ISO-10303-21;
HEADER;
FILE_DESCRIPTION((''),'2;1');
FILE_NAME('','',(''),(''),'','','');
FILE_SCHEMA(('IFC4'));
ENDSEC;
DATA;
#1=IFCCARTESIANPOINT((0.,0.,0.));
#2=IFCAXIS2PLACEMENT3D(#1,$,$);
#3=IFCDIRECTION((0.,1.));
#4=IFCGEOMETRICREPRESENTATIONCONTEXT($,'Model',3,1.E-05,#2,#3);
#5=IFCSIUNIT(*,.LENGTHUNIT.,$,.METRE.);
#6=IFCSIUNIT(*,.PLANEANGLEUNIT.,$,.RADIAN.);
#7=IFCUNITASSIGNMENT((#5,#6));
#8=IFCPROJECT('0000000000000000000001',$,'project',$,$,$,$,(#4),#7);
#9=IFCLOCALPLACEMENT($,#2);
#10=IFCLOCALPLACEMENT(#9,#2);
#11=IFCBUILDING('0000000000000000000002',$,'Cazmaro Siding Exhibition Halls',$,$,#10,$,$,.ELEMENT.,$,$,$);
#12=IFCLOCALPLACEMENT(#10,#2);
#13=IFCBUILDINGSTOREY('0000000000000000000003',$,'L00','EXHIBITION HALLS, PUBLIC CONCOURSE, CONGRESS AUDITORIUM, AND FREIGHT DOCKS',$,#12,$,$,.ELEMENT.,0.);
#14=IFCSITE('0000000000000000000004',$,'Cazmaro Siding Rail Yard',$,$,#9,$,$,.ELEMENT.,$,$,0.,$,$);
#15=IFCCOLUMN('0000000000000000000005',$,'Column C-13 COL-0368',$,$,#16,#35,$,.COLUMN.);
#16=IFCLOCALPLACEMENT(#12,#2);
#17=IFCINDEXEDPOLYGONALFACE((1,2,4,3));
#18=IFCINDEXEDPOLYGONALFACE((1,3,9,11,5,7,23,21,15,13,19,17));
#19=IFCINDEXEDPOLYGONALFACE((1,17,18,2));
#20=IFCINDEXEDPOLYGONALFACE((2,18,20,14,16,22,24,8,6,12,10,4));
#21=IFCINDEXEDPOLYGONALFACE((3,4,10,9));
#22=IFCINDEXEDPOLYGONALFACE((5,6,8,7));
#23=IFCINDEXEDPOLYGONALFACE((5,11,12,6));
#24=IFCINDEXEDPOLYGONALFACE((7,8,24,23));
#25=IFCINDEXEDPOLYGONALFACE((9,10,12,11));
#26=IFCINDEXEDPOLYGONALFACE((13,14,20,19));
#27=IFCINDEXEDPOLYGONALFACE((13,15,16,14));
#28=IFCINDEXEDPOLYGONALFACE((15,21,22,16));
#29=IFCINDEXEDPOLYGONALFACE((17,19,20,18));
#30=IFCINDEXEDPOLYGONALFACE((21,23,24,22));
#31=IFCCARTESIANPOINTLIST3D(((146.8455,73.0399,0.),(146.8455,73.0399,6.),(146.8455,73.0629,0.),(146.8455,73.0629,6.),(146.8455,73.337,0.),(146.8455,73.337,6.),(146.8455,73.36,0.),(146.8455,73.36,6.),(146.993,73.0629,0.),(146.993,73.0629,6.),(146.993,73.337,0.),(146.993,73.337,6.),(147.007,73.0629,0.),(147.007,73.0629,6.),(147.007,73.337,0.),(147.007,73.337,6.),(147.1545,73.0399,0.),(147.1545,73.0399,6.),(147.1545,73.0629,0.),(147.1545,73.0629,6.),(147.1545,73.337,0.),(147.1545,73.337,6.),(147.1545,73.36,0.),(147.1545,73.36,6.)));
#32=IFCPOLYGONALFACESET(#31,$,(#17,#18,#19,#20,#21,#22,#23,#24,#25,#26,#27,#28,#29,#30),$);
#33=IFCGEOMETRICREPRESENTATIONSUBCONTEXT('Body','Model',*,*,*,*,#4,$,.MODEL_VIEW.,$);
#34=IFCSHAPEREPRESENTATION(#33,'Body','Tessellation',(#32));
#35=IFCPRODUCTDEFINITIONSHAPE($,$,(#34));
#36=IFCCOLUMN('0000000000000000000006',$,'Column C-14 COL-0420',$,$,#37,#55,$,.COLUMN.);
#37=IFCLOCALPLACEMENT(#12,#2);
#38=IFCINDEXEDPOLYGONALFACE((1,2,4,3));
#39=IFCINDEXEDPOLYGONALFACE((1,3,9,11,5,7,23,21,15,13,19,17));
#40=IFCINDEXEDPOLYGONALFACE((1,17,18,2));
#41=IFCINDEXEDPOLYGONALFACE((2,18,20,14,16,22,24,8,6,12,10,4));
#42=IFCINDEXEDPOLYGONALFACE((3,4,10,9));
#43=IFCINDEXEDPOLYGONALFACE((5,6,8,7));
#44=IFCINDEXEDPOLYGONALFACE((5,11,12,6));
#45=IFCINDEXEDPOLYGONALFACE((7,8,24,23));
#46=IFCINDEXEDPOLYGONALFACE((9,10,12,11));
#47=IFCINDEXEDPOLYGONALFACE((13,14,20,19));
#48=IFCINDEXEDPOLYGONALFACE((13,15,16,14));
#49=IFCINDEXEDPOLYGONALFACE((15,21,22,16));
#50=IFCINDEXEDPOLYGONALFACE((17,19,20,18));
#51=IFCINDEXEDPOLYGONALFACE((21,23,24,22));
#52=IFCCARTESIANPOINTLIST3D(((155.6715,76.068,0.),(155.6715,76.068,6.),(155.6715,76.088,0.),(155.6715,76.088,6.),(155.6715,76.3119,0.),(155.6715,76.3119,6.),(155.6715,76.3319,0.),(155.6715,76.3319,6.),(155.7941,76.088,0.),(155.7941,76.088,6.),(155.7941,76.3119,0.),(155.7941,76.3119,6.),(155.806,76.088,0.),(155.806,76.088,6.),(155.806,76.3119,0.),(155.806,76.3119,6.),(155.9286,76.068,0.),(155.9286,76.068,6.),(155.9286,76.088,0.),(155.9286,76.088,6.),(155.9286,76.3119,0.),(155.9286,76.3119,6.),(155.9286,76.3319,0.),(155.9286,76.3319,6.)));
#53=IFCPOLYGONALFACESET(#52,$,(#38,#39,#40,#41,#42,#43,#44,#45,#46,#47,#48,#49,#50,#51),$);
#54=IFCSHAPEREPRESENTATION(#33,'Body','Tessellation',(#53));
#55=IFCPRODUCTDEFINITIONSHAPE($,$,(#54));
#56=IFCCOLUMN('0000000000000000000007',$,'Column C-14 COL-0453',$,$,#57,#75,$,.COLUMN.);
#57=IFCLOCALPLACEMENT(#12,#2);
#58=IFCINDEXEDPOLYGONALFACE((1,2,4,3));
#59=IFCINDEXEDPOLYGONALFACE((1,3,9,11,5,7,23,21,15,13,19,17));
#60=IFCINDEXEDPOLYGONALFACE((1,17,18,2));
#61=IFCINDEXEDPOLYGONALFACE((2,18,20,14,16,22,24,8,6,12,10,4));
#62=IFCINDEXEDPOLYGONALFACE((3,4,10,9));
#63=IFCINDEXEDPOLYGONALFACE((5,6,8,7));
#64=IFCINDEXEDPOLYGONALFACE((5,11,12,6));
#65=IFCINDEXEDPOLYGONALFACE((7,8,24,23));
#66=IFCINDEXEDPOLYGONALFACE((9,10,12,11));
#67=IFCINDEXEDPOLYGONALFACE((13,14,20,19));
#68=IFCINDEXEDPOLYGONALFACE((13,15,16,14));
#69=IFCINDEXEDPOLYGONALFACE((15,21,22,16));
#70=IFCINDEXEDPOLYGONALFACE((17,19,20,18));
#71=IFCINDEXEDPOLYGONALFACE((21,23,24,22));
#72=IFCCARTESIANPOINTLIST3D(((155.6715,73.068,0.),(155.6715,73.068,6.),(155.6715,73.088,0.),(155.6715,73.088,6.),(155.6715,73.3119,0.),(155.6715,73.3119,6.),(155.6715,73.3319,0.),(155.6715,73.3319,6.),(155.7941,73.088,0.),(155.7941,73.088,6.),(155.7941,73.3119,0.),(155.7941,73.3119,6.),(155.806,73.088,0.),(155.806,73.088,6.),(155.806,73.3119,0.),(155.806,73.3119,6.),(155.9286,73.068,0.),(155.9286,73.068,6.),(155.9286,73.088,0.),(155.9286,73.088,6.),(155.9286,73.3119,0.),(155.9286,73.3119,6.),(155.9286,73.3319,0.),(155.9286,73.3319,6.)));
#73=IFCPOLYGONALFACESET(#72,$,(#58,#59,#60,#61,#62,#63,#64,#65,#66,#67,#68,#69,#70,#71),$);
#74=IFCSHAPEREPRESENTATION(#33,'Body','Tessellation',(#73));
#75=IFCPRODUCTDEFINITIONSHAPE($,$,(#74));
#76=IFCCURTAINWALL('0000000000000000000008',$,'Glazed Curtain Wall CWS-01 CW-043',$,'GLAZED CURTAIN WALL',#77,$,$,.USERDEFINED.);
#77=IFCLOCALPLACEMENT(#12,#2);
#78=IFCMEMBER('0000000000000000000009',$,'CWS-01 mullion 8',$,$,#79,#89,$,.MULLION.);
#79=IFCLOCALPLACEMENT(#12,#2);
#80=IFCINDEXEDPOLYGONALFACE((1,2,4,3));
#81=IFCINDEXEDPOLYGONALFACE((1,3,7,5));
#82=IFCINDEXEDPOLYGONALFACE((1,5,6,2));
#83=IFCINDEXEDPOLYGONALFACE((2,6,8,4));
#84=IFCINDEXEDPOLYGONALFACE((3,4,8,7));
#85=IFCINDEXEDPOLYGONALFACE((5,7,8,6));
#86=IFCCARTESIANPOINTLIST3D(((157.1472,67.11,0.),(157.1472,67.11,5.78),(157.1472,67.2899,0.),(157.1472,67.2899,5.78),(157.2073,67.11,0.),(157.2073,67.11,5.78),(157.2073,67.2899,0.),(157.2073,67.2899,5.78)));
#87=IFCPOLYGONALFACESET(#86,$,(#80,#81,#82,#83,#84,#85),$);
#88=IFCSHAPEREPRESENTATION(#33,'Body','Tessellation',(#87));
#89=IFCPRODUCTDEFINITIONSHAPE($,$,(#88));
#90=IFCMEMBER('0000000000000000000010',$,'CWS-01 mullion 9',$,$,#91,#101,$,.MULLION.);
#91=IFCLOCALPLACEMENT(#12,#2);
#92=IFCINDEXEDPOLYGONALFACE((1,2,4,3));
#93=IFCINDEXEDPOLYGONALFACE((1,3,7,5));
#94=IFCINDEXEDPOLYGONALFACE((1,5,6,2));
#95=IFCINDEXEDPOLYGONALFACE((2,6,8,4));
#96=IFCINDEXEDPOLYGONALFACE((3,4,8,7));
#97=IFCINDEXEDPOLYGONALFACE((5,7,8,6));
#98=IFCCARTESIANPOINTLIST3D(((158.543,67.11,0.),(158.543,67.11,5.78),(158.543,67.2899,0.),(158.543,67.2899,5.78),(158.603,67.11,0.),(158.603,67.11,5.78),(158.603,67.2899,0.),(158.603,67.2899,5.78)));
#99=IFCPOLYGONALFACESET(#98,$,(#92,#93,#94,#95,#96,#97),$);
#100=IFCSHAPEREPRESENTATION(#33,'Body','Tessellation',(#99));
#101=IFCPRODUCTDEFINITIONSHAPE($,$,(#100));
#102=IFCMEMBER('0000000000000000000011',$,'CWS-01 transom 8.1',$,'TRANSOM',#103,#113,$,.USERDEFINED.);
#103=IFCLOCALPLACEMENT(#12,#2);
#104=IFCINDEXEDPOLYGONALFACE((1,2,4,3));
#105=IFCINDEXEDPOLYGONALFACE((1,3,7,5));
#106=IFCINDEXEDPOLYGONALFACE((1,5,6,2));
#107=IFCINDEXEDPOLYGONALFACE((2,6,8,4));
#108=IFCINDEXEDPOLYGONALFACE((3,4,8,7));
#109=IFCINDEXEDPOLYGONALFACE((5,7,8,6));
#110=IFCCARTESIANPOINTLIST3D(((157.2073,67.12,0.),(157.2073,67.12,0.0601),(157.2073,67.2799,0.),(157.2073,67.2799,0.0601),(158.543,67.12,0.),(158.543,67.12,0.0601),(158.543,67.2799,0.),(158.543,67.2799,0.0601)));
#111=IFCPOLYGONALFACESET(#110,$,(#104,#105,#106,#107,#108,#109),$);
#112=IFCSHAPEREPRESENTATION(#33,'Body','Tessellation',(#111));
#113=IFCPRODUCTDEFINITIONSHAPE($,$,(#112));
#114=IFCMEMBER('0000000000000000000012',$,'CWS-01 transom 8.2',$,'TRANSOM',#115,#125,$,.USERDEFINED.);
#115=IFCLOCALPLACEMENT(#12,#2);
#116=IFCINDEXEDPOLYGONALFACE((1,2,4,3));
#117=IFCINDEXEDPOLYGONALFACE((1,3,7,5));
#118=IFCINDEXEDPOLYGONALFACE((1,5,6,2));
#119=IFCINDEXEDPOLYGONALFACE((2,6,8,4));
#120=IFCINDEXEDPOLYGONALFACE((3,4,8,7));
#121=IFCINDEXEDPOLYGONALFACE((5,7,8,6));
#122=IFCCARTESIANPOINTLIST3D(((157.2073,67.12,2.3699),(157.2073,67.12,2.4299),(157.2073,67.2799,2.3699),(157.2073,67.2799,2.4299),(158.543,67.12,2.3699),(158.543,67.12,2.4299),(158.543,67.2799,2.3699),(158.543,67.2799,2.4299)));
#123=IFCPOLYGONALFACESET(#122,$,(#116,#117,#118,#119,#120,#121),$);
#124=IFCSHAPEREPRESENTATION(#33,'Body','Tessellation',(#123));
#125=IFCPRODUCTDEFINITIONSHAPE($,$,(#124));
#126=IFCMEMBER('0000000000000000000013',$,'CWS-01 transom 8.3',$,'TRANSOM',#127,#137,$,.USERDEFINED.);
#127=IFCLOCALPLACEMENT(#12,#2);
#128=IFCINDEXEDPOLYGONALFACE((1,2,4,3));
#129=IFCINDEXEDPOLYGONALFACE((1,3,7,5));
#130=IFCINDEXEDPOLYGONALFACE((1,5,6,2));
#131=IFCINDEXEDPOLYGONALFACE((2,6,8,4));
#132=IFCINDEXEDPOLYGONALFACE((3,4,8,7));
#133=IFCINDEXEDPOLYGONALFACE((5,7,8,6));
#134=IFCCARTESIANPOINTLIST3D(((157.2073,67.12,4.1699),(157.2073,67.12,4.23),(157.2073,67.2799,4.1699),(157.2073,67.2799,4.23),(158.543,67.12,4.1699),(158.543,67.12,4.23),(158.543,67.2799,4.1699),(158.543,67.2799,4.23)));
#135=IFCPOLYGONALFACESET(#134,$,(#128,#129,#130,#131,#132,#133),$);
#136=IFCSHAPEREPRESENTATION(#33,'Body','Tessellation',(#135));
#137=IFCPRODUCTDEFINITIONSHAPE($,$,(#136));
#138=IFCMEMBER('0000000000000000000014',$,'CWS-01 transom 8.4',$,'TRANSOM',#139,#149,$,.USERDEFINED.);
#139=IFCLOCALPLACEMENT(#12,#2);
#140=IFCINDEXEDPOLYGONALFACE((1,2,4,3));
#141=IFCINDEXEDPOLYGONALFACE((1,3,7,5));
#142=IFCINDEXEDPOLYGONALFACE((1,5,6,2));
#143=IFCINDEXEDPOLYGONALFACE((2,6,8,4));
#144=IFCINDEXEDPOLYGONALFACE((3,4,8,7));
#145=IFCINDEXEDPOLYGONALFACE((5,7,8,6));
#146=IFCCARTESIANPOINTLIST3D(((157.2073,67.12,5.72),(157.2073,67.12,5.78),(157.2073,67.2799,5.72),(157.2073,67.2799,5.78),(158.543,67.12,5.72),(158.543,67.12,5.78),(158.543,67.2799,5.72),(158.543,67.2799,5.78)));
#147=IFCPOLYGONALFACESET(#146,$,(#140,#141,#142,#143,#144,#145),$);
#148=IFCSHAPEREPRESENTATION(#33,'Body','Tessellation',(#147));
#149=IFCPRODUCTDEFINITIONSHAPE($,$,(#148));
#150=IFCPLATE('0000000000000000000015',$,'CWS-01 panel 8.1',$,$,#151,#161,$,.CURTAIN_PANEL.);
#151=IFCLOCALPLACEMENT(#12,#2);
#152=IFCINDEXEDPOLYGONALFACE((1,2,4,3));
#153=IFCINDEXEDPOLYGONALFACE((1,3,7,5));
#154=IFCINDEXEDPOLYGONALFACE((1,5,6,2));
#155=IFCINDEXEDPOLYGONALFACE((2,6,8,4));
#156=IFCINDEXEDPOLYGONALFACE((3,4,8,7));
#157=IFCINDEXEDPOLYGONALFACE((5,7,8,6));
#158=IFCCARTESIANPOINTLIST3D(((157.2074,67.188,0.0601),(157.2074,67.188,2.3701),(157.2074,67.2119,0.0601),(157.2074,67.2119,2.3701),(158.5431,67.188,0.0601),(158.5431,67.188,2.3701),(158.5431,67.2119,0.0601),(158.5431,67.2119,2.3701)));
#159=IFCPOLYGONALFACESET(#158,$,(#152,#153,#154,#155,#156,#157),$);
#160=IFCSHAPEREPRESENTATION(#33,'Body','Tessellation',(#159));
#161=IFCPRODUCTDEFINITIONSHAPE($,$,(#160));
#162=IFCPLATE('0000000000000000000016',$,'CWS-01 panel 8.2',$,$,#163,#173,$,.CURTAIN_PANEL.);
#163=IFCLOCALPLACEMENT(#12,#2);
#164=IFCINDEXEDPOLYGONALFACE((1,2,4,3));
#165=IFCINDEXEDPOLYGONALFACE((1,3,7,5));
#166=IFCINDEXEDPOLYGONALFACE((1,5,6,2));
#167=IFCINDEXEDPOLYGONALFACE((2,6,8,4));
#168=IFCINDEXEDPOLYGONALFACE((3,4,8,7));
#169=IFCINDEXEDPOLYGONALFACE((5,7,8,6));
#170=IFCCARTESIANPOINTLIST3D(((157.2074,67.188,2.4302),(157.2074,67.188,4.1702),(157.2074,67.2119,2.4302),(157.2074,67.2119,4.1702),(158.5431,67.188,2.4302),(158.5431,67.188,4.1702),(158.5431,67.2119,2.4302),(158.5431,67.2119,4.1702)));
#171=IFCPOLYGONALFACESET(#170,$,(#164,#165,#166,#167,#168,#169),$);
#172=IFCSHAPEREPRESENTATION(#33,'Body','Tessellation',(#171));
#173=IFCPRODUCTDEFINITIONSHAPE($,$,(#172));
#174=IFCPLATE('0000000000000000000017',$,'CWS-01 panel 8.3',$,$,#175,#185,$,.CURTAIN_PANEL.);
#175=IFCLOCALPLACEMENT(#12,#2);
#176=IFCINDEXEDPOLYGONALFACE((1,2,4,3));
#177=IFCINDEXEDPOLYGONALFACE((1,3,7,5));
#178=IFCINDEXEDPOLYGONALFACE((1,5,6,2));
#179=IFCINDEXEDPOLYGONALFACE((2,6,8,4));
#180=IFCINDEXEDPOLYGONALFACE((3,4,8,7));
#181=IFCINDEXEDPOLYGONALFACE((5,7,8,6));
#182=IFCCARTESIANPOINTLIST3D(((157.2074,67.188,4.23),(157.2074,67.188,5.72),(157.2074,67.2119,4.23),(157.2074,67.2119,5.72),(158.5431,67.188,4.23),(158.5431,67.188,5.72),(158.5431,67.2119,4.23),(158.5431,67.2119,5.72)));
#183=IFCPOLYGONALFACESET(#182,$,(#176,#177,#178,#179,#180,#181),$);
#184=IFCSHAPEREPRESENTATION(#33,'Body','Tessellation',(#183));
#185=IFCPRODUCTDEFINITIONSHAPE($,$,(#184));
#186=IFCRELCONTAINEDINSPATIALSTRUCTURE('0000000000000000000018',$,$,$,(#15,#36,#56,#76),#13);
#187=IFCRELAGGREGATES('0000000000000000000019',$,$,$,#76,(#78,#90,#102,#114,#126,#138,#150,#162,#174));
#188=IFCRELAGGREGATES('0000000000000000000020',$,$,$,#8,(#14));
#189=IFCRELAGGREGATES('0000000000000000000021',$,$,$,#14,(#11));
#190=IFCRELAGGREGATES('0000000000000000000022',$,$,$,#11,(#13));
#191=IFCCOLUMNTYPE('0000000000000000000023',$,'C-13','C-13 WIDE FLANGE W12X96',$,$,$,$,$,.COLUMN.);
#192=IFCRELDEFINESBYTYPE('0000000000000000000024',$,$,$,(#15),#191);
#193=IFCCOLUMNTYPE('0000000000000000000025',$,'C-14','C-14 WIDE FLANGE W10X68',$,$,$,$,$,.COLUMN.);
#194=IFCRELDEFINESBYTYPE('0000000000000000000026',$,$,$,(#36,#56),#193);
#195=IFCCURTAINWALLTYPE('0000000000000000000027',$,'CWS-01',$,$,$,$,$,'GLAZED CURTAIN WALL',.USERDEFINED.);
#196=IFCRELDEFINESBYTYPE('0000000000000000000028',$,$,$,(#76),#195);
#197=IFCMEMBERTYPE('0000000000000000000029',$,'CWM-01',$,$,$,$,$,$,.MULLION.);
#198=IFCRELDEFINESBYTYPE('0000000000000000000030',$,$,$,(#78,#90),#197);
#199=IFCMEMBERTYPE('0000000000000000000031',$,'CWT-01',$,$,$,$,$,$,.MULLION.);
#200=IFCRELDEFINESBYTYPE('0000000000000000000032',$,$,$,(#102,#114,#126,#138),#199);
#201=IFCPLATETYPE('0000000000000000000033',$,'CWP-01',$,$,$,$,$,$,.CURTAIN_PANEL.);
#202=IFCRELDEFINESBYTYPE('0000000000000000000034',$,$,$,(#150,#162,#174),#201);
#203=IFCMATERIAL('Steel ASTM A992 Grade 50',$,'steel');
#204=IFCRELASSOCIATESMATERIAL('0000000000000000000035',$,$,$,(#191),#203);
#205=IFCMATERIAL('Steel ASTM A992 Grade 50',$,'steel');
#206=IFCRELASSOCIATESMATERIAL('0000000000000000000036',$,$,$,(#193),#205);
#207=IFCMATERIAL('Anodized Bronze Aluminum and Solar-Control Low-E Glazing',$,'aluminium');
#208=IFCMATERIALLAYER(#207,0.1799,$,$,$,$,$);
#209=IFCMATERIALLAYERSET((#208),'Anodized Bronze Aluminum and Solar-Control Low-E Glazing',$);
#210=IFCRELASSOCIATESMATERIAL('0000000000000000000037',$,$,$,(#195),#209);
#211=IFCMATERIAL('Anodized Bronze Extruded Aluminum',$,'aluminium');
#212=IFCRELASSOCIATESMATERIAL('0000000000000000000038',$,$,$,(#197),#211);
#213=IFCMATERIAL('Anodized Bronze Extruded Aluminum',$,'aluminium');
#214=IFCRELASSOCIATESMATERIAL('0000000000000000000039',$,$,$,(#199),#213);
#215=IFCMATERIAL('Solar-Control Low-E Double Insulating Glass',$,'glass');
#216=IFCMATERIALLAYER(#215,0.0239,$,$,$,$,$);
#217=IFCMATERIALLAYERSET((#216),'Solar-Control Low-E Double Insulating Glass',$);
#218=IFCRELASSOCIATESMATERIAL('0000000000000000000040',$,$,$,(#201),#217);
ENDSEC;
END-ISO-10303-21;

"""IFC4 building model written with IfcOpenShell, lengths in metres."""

from ifc_helpers import new_model, si_unit, direction, frame, origin, origin_2d, place, context, subcontext, project, spatial, rectangle, i_section, extrude, material, layer, layer_set, material_profile, profile_set, type_object, element, aggregate, save


model = new_model("IFC4")

# Units and contexts
model_context = context("Model", 3, precision=1e-05, world=origin(), true_north=direction((0.0, 1.0)))
body_context = subcontext(model_context, "Body", "Model", "MODEL_VIEW")
ifc_project = project(units=[si_unit("LENGTHUNIT", "METRE"), si_unit("PLANEANGLEUNIT", "RADIAN")], contexts=[model_context])

# Site, building, storey
site_placement = place(None, origin())
site = spatial("IfcSite", under=ifc_project, at=site_placement, Name="Cazmaro Siding Rail Yard", CompositionType="ELEMENT", RefElevation=0.0)
building_placement = place(site_placement, origin())
building = spatial("IfcBuilding", under=site, at=building_placement, Name="Cazmaro Siding Exhibition Halls", CompositionType="ELEMENT")
storey_placement = place(building_placement, origin())
storey = spatial("IfcBuildingStorey", under=building, at=storey_placement, Name="L00", Description="EXHIBITION HALLS, PUBLIC CONCOURSE, CONGRESS AUDITORIUM, AND FREIGHT DOCKS", CompositionType="ELEMENT", Elevation=0.0)

# Columns
ifc_material_1 = material(Name="Steel ASTM A992 Grade 50", Category="steel")
ifc_material_profile_1 = material_profile(ifc_material_1, i_section(OverallWidth=0.3091, OverallDepth=0.3201, WebThickness=0.0139, FlangeThickness=0.0229, at=origin_2d()), Name="W12X96")
ifc_profile_set_1 = profile_set([ifc_material_profile_1], Name="Steel ASTM A992 Grade 50")
column_type_1 = type_object("IfcColumnType", Name="C-13", Description="C-13 WIDE FLANGE W12X96", PredefinedType="COLUMN", material=ifc_profile_set_1)
column_1_placement = place(storey_placement, frame((147.0, 73.2, 0.0), z_axis=(0.0, 0.0, 1.0), x_axis=(1.0, 0.0, 0.0)))
element("IfcColumn", 1, at=column_1_placement, inside=storey, type_object=column_type_1, Name="Column C-13 COL-0368", PredefinedType="COLUMN", context=body_context, shape_type="SweptSolid", body=[
    extrude(i_section(OverallWidth=0.3091, OverallDepth=0.3201, WebThickness=0.0139, FlangeThickness=0.0229, at=origin_2d()), origin(), (0.0, 0.0, 1.0), 6.0),
])
ifc_material_2 = material(Name="Steel ASTM A992 Grade 50", Category="steel")
ifc_material_profile_2 = material_profile(ifc_material_2, i_section(OverallWidth=0.2571, OverallDepth=0.2639, WebThickness=0.012, FlangeThickness=0.02, at=origin_2d()), Name="W10X68")
ifc_profile_set_2 = profile_set([ifc_material_profile_2], Name="Steel ASTM A992 Grade 50")
column_type_2 = type_object("IfcColumnType", Name="C-14", Description="C-14 WIDE FLANGE W10X68", PredefinedType="COLUMN", material=ifc_profile_set_2)
for number, where, z_axis, x_axis, name in (
    (2, (155.8, 76.2, 0.0), (0.0, 0.0, 1.0), (1.0, 0.0, 0.0), "Column C-14 COL-0420"),
    (3, (155.8, 73.2, 0.0), (0.0, 0.0, 1.0), (1.0, 0.0, 0.0), "Column C-14 COL-0453"),
):
    element("IfcColumn", number, at=place(storey_placement, frame(where, z_axis=z_axis, x_axis=x_axis)), inside=storey, type_object=column_type_2, Name=name, PredefinedType="COLUMN", context=body_context, shape_type="SweptSolid", body=[
        extrude(i_section(OverallWidth=0.2571, OverallDepth=0.2639, WebThickness=0.012, FlangeThickness=0.02, at=origin_2d()), origin(), (0.0, 0.0, 1.0), 6.0),
    ])

# Curtain wall, members, plates
ifc_material_3 = material(Name="Anodized Bronze Aluminum and Solar-Control Low-E Glazing", Category="aluminium")
ifc_layer_1 = layer(ifc_material_3, 0.1799)
ifc_layer_set_1 = layer_set([ifc_layer_1], Name="Anodized Bronze Aluminum and Solar-Control Low-E Glazing")
curtain_wall_type = type_object("IfcCurtainWallType", Name="CWS-01", ElementType="GLAZED CURTAIN WALL", PredefinedType="USERDEFINED", material=ifc_layer_set_1)
curtain_wall_placement = place(storey_placement, origin())
curtain_wall = element("IfcCurtainWall", 4, at=curtain_wall_placement, inside=storey, type_object=curtain_wall_type, Name="Glazed Curtain Wall CWS-01 CW-043", ObjectType="GLAZED CURTAIN WALL", PredefinedType="USERDEFINED")
ifc_material_4 = material(Name="Anodized Bronze Extruded Aluminum", Category="aluminium")
ifc_material_profile_3 = material_profile(ifc_material_4, rectangle(XDim=0.1799, YDim=0.0601, at=origin_2d()), Name="CWM-01")
ifc_profile_set_3 = profile_set([ifc_material_profile_3], Name="Anodized Bronze Extruded Aluminum")
member_type_1 = type_object("IfcMemberType", Name="CWM-01", PredefinedType="MULLION", material=ifc_profile_set_3)
member_1_placement = place(storey_placement, frame((157.1772, 67.2, 0.0), z_axis=(0.0, 0.0, 1.0), x_axis=(0.0, 1.0, 0.0)))
member_1 = element("IfcMember", 5, at=member_1_placement, type_object=member_type_1, Name="CWS-01 mullion 8", PredefinedType="MULLION", context=body_context, shape_type="SweptSolid", body=[
    extrude(rectangle(XDim=0.1799, YDim=0.0601, at=origin_2d()), origin(), (0.0, 0.0, 1.0), 5.78),
])
member_2_placement = place(storey_placement, frame((158.573, 67.2, 0.0), z_axis=(0.0, 0.0, 1.0), x_axis=(0.0, 1.0, 0.0)))
member_2 = element("IfcMember", 6, at=member_2_placement, type_object=member_type_1, Name="CWS-01 mullion 9", PredefinedType="MULLION", context=body_context, shape_type="SweptSolid", body=[
    extrude(rectangle(XDim=0.1799, YDim=0.0601, at=origin_2d()), origin(), (0.0, 0.0, 1.0), 5.78),
])
ifc_material_5 = material(Name="Anodized Bronze Extruded Aluminum", Category="aluminium")
ifc_material_profile_4 = material_profile(ifc_material_5, rectangle(XDim=0.1599, YDim=0.0601, at=origin_2d()), Name="CWT-01")
ifc_profile_set_4 = profile_set([ifc_material_profile_4], Name="Anodized Bronze Extruded Aluminum")
member_type_2 = type_object("IfcMemberType", Name="CWT-01", PredefinedType="MULLION", material=ifc_profile_set_4)
member_3_placement = place(storey_placement, frame((157.2073, 67.2, 0.03), z_axis=(1.0, 0.0, 0.0), x_axis=(0.0, 1.0, 0.0)))
member_3 = element("IfcMember", 7, at=member_3_placement, type_object=member_type_2, Name="CWS-01 transom 8.1", ObjectType="TRANSOM", PredefinedType="USERDEFINED", context=body_context, shape_type="SweptSolid", body=[
    extrude(rectangle(XDim=0.1599, YDim=0.0601, at=origin_2d()), origin(), (0.0, 0.0, 1.0), 1.3357),
])
member_4_placement = place(storey_placement, frame((157.2073, 67.2, 2.3999), z_axis=(1.0, 0.0, 0.0), x_axis=(0.0, 1.0, 0.0)))
member_4 = element("IfcMember", 8, at=member_4_placement, type_object=member_type_2, Name="CWS-01 transom 8.2", ObjectType="TRANSOM", PredefinedType="USERDEFINED", context=body_context, shape_type="SweptSolid", body=[
    extrude(rectangle(XDim=0.1599, YDim=0.0601, at=origin_2d()), origin(), (0.0, 0.0, 1.0), 1.3357),
])
member_5_placement = place(storey_placement, frame((157.2073, 67.2, 4.2), z_axis=(1.0, 0.0, 0.0), x_axis=(0.0, 1.0, 0.0)))
member_5 = element("IfcMember", 9, at=member_5_placement, type_object=member_type_2, Name="CWS-01 transom 8.3", ObjectType="TRANSOM", PredefinedType="USERDEFINED", context=body_context, shape_type="SweptSolid", body=[
    extrude(rectangle(XDim=0.1599, YDim=0.0601, at=origin_2d()), origin(), (0.0, 0.0, 1.0), 1.3357),
])
member_6_placement = place(storey_placement, frame((157.2073, 67.2, 5.75), z_axis=(1.0, 0.0, 0.0), x_axis=(0.0, 1.0, 0.0)))
member_6 = element("IfcMember", 10, at=member_6_placement, type_object=member_type_2, Name="CWS-01 transom 8.4", ObjectType="TRANSOM", PredefinedType="USERDEFINED", context=body_context, shape_type="SweptSolid", body=[
    extrude(rectangle(XDim=0.1599, YDim=0.0601, at=origin_2d()), origin(), (0.0, 0.0, 1.0), 1.3357),
])
ifc_material_6 = material(Name="Solar-Control Low-E Double Insulating Glass", Category="glass")
ifc_layer_2 = layer(ifc_material_6, 0.0239)
ifc_layer_set_2 = layer_set([ifc_layer_2], Name="Solar-Control Low-E Double Insulating Glass")
plate_type = type_object("IfcPlateType", Name="CWP-01", PredefinedType="CURTAIN_PANEL", material=ifc_layer_set_2)
plate_1_placement = place(storey_placement, frame((157.8752, 67.2, 0.0601), z_axis=(0.0, 0.0, 1.0), x_axis=(1.0, 0.0, 0.0)))
plate_1 = element("IfcPlate", 11, at=plate_1_placement, type_object=plate_type, Name="CWS-01 panel 8.1", PredefinedType="CURTAIN_PANEL", context=body_context, shape_type="SweptSolid", body=[
    extrude(rectangle(XDim=1.3357, YDim=0.0239, at=origin_2d()), origin(), (0.0, 0.0, 1.0), 2.3101),
])
plate_2_placement = place(storey_placement, frame((157.8752, 67.2, 2.4302), z_axis=(0.0, 0.0, 1.0), x_axis=(1.0, 0.0, 0.0)))
plate_2 = element("IfcPlate", 12, at=plate_2_placement, type_object=plate_type, Name="CWS-01 panel 8.2", PredefinedType="CURTAIN_PANEL", context=body_context, shape_type="SweptSolid", body=[
    extrude(rectangle(XDim=1.3357, YDim=0.0239, at=origin_2d()), origin(), (0.0, 0.0, 1.0), 1.74),
])
plate_3_placement = place(storey_placement, frame((157.8752, 67.2, 4.23), z_axis=(0.0, 0.0, 1.0), x_axis=(1.0, 0.0, 0.0)))
plate_3 = element("IfcPlate", 13, at=plate_3_placement, type_object=plate_type, Name="CWS-01 panel 8.3", PredefinedType="CURTAIN_PANEL", context=body_context, shape_type="SweptSolid", body=[
    extrude(rectangle(XDim=1.3357, YDim=0.0239, at=origin_2d()), origin(), (0.0, 0.0, 1.0), 1.49),
])
aggregate(curtain_wall, [member_1, member_2, member_3, member_4, member_5, member_6, plate_1, plate_2, plate_3])

save(model, "model.ifc")
